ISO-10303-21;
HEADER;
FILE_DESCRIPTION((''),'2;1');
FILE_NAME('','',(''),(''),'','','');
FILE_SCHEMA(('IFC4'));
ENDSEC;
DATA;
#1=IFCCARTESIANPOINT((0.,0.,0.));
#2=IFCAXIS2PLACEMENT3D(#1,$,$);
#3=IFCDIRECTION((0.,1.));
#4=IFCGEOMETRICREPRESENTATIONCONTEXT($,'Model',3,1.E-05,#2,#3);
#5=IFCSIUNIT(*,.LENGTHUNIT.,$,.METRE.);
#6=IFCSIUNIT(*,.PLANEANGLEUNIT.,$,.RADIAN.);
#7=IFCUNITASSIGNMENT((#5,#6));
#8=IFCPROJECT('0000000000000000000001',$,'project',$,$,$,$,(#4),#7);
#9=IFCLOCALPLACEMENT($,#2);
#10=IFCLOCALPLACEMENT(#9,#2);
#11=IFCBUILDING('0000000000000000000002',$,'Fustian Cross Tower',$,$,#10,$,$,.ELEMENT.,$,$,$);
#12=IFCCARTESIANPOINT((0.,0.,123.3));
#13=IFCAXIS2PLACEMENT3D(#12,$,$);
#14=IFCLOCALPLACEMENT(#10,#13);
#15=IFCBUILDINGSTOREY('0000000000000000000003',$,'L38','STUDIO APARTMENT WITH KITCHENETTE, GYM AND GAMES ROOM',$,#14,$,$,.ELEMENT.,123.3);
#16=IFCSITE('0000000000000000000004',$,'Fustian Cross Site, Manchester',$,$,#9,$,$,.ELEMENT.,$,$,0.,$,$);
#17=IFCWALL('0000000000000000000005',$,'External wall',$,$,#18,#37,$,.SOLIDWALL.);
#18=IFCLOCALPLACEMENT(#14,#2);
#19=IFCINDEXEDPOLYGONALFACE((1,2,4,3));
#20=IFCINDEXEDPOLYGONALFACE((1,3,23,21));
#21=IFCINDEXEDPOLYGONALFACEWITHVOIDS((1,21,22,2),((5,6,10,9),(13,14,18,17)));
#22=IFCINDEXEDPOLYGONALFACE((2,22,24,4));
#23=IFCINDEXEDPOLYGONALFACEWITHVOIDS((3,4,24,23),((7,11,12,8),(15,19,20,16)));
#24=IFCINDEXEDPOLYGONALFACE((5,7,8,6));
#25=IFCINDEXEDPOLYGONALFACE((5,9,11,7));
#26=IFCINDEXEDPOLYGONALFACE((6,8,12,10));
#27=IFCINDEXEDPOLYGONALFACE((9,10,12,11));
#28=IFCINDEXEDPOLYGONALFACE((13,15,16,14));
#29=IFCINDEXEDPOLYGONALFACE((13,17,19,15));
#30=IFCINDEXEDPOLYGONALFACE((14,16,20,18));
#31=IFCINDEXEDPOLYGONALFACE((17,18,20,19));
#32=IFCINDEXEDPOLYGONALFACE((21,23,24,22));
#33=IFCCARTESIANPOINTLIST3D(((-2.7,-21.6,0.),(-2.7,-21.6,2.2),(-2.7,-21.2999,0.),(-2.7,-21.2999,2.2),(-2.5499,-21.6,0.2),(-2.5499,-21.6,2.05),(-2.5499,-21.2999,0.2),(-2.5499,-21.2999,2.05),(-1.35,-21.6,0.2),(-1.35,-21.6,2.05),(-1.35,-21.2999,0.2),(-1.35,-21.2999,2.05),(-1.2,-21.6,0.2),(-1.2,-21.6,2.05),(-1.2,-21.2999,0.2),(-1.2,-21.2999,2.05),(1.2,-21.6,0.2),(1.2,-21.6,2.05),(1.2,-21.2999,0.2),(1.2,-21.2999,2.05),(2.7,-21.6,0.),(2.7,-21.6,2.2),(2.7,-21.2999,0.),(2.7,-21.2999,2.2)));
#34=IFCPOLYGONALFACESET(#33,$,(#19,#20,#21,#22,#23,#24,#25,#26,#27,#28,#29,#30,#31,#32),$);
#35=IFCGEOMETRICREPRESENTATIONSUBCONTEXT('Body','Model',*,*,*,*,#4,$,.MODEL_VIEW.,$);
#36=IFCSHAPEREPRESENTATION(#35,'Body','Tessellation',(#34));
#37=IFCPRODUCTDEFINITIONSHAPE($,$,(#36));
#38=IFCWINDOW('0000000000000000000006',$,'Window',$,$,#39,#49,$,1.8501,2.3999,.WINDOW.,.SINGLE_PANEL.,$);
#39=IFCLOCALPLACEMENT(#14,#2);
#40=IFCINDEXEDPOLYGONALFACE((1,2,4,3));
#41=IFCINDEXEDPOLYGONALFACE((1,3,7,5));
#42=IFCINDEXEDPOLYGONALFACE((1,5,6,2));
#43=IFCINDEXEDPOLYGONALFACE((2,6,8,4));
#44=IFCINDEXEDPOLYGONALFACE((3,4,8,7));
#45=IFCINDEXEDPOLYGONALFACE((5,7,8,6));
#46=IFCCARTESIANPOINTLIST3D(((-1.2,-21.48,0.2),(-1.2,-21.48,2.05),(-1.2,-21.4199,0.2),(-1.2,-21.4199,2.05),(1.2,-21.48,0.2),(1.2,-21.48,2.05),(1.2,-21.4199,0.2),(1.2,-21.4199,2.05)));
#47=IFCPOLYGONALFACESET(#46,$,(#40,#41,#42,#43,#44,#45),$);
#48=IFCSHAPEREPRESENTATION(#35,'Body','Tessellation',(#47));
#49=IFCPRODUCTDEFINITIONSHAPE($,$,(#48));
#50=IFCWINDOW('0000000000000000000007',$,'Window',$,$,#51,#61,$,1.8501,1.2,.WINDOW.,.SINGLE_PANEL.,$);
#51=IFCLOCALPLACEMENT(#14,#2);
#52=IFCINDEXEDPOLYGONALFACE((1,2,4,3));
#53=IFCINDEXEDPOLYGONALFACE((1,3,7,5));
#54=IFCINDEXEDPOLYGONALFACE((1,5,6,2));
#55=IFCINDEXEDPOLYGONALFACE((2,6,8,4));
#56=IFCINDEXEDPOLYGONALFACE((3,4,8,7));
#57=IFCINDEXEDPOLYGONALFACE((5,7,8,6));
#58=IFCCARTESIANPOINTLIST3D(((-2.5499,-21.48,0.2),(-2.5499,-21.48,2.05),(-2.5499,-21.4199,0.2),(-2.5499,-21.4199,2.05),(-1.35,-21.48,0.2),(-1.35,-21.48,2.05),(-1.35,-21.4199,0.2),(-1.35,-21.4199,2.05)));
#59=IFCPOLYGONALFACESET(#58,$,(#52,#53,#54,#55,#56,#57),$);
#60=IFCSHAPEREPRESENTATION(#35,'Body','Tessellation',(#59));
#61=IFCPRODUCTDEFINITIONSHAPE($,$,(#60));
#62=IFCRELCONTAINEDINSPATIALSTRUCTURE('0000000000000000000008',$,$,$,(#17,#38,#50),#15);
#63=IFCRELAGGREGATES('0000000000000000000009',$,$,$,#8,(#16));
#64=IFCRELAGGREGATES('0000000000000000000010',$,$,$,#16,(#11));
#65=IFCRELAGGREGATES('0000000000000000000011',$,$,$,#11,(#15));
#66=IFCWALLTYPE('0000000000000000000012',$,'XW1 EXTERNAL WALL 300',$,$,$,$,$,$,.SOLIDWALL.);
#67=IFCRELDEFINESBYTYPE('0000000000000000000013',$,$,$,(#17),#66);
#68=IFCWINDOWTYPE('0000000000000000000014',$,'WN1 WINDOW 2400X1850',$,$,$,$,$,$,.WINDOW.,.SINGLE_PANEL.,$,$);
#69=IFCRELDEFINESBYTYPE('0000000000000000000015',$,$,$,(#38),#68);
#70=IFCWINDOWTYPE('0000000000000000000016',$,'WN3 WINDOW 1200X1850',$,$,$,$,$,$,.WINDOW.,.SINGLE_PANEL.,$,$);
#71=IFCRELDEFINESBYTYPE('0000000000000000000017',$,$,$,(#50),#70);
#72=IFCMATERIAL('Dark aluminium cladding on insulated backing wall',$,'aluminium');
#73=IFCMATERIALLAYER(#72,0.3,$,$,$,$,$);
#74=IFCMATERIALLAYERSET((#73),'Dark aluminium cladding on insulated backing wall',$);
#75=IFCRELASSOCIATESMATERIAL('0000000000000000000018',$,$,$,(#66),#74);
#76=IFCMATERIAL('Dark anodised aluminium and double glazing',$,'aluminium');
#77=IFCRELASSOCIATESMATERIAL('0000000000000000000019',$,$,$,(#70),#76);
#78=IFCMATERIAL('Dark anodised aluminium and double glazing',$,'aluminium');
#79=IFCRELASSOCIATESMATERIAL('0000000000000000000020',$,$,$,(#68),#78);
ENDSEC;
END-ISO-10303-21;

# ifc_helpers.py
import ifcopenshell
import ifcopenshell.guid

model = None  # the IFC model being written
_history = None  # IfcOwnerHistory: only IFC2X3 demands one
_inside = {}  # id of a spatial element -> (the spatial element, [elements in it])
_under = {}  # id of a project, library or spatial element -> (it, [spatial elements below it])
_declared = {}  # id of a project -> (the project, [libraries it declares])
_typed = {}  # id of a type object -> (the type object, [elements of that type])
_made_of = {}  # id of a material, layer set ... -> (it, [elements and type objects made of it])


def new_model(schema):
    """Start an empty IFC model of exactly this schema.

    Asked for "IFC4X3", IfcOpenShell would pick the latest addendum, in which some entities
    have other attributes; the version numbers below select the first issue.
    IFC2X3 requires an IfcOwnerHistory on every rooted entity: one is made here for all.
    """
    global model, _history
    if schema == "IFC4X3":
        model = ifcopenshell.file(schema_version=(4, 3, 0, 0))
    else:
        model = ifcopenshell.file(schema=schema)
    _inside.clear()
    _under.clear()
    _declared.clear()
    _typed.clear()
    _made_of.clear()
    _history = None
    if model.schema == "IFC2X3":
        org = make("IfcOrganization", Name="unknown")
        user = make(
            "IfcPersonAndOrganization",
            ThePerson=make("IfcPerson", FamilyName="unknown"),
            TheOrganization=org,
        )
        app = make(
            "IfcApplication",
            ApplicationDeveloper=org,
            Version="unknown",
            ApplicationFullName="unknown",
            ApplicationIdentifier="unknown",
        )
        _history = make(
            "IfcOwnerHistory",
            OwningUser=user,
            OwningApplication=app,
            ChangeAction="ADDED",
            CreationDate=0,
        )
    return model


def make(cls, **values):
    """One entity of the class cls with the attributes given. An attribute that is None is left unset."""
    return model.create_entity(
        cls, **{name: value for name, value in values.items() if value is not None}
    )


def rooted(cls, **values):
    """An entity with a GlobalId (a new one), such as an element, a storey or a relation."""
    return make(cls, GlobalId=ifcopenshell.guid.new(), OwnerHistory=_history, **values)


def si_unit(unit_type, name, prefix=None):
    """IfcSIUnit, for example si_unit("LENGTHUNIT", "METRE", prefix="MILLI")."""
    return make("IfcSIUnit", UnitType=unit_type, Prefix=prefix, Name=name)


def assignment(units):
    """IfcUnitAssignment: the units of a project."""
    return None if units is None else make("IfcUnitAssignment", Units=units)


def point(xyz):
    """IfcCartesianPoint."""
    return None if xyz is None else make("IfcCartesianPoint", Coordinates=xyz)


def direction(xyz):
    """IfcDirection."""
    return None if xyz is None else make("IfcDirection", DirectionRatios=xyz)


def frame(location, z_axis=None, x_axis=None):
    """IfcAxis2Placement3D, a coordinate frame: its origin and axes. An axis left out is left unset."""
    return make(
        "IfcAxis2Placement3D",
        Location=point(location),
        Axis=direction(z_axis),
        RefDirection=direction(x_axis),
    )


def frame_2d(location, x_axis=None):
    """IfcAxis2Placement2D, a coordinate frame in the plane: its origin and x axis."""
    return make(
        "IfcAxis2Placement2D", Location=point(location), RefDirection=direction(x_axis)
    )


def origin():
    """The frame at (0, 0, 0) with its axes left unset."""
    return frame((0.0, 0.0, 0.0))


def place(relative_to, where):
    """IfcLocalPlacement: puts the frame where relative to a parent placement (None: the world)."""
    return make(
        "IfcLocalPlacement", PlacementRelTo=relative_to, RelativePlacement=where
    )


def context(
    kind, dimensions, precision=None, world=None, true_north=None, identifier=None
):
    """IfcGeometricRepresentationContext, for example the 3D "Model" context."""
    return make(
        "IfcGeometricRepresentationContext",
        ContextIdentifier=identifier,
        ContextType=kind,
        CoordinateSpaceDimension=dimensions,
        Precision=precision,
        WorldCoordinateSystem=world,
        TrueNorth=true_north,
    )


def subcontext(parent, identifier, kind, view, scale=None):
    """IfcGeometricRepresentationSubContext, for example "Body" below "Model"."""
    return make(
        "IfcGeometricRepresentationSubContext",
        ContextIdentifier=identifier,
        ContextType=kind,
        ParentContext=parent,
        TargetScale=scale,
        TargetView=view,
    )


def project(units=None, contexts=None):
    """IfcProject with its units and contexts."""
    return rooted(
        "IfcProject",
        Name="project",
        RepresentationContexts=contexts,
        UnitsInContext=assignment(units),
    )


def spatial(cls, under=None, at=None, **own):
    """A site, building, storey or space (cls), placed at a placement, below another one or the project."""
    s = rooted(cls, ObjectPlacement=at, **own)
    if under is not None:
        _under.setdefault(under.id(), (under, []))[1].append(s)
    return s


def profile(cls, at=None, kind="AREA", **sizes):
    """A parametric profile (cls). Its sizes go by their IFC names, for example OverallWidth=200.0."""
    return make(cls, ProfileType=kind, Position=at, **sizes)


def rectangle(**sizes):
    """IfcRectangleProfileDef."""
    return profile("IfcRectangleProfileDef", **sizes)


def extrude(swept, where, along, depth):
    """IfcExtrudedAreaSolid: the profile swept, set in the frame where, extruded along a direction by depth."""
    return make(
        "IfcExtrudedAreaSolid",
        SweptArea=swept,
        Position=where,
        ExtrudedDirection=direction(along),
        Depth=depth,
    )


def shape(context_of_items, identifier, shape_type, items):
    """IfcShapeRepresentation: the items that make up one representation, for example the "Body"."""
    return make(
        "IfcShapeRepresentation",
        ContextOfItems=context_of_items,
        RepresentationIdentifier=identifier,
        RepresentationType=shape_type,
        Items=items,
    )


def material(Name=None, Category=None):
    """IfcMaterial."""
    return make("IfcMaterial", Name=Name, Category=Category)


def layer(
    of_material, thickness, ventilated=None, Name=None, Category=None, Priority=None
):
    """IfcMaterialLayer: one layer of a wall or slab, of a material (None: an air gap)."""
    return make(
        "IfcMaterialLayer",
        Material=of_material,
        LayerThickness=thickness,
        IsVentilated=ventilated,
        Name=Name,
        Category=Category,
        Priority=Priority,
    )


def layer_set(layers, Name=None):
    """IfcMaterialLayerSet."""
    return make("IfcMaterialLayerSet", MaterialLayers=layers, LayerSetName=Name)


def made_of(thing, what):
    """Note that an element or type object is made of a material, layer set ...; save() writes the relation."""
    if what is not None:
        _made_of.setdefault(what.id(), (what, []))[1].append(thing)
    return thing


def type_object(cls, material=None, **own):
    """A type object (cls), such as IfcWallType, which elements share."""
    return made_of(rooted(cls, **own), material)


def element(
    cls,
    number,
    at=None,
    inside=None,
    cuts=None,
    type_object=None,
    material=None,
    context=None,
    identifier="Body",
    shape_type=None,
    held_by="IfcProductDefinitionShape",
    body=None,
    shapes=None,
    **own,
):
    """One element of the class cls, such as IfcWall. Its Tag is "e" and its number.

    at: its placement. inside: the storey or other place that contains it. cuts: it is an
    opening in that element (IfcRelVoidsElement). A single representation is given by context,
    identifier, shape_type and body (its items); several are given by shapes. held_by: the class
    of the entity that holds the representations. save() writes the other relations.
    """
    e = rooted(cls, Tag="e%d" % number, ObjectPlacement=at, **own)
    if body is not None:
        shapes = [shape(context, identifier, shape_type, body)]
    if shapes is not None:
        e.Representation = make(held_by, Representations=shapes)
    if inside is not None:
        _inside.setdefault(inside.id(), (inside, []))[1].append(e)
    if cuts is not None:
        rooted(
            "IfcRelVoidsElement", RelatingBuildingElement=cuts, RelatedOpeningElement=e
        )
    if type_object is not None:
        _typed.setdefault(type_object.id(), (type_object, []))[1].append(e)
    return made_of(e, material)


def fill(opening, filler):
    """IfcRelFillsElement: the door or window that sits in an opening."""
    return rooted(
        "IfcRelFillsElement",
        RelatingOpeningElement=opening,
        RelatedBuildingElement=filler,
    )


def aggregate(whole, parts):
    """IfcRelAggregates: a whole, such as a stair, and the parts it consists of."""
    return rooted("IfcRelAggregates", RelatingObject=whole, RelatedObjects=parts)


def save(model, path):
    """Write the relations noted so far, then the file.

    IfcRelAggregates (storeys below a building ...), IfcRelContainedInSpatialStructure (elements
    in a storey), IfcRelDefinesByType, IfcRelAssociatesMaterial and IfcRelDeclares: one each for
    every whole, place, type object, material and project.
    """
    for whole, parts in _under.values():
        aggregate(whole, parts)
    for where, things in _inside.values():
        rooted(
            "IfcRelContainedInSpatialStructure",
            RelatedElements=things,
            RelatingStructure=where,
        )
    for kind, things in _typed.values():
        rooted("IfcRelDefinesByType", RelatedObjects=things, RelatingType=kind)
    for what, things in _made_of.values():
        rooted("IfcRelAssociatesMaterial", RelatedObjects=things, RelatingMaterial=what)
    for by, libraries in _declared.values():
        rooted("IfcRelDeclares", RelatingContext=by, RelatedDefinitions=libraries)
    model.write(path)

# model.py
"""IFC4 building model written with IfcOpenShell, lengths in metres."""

from ifc_helpers import new_model, si_unit, direction, frame, frame_2d, origin, place, context, subcontext, project, spatial, rectangle, extrude, material, layer, layer_set, type_object, element, fill, save


model = new_model("IFC4")

# Units and contexts
model_context = context("Model", 3, precision=1e-05, world=origin(), true_north=direction((0.0, 1.0)))
body_context = subcontext(model_context, "Body", "Model", "MODEL_VIEW")
ifc_project = project(units=[si_unit("LENGTHUNIT", "METRE"), si_unit("PLANEANGLEUNIT", "RADIAN")], contexts=[model_context])

# Site, building, storey
site_placement = place(None, origin())
site = spatial("IfcSite", under=ifc_project, at=site_placement, Name="Fustian Cross Site, Manchester", CompositionType="ELEMENT", RefElevation=0.0)
building_placement = place(site_placement, origin())
building = spatial("IfcBuilding", under=site, at=building_placement, Name="Fustian Cross Tower", CompositionType="ELEMENT")
storey_placement = place(building_placement, frame((0.0, 0.0, 123.3)))
storey = spatial("IfcBuildingStorey", under=building, at=storey_placement, Name="L38", Description="STUDIO APARTMENT WITH KITCHENETTE, GYM AND GAMES ROOM", CompositionType="ELEMENT", Elevation=123.3)

# Shared definitions
ifc_material_1 = material(Name="Dark aluminium cladding on insulated backing wall", Category="aluminium")
ifc_layer_1 = layer(ifc_material_1, 0.3)
ifc_layer_set_1 = layer_set([ifc_layer_1], Name="Dark aluminium cladding on insulated backing wall")
wall_type_1 = type_object("IfcWallType", Name="XW1 EXTERNAL WALL 300", PredefinedType="SOLIDWALL", material=ifc_layer_set_1)
ifc_material_2 = material(Name="Dark anodised aluminium and double glazing", Category="aluminium")
window_type_1 = type_object("IfcWindowType", Name="WN3 WINDOW 1200X1850", PartitioningType="SINGLE_PANEL", PredefinedType="WINDOW", material=ifc_material_2)

# Wall, openings, windows
wall_1_placement = place(storey_placement, frame((-2.7, -21.45, 0.0), z_axis=(0.0, 0.0, 1.0), x_axis=(1.0, 0.0, 0.0)))
wall_1 = element("IfcWall", 1, at=wall_1_placement, inside=storey, type_object=wall_type_1, Name="External wall", PredefinedType="SOLIDWALL", context=body_context, shape_type="SweptSolid", body=[
    extrude(rectangle(XDim=5.3999, YDim=0.3, at=frame_2d((2.7, 0.0))), origin(), (0.0, 0.0, 1.0), 2.2),
])
opening_1_placement = place(wall_1_placement, frame((1.5, 0.0, 0.2)))
opening_1 = element("IfcOpeningElement", 2, at=opening_1_placement, cuts=wall_1, PredefinedType="OPENING", context=body_context, shape_type="SweptSolid", body=[
    extrude(rectangle(XDim=2.3999, YDim=1.8501, at=frame_2d((1.2, 0.925))), frame((0.0, 0.1599, 0.0), z_axis=(0.0, -1.0, 0.0), x_axis=(1.0, 0.0, 0.0)), (0.0, 0.0, 1.0), 0.3201),
])
opening_2_placement = place(wall_1_placement, frame((0.1499, 0.0, 0.2)))
opening_2 = element("IfcOpeningElement", 3, at=opening_2_placement, cuts=wall_1, PredefinedType="OPENING", context=body_context, shape_type="SweptSolid", body=[
    extrude(rectangle(XDim=1.2, YDim=1.8501, at=frame_2d((0.6001, 0.925))), frame((0.0, 0.1599, 0.0), z_axis=(0.0, -1.0, 0.0), x_axis=(1.0, 0.0, 0.0)), (0.0, 0.0, 1.0), 0.3201),
])
ifc_material_3 = material(Name="Dark anodised aluminium and double glazing", Category="aluminium")
window_type_2 = type_object("IfcWindowType", Name="WN1 WINDOW 2400X1850", PartitioningType="SINGLE_PANEL", PredefinedType="WINDOW", material=ifc_material_3)
window_1_placement = place(opening_1_placement, origin())
window_1 = element("IfcWindow", 4, at=window_1_placement, inside=storey, type_object=window_type_2, Name="Window", OverallHeight=1.8501, OverallWidth=2.3999, PartitioningType="SINGLE_PANEL", PredefinedType="WINDOW", context=body_context, shape_type="SweptSolid", body=[
    extrude(rectangle(XDim=2.3999, YDim=1.8501, at=frame_2d((1.2, 0.925))), frame((0.0, 0.03, 0.0), z_axis=(0.0, -1.0, 0.0), x_axis=(1.0, 0.0, 0.0)), (0.0, 0.0, 1.0), 0.0601),
])
fill(opening_1, window_1)
window_2_placement = place(opening_2_placement, origin())
window_2 = element("IfcWindow", 5, at=window_2_placement, inside=storey, type_object=window_type_1, Name="Window", OverallHeight=1.8501, OverallWidth=1.2, PartitioningType="SINGLE_PANEL", PredefinedType="WINDOW", context=body_context, shape_type="SweptSolid", body=[
    extrude(rectangle(XDim=1.2, YDim=1.8501, at=frame_2d((0.6001, 0.925))), frame((0.0, 0.03, 0.0), z_axis=(0.0, -1.0, 0.0), x_axis=(1.0, 0.0, 0.0)), (0.0, 0.0, 1.0), 0.0601),
])
fill(opening_2, window_2)

save(model, "model.ifc")
